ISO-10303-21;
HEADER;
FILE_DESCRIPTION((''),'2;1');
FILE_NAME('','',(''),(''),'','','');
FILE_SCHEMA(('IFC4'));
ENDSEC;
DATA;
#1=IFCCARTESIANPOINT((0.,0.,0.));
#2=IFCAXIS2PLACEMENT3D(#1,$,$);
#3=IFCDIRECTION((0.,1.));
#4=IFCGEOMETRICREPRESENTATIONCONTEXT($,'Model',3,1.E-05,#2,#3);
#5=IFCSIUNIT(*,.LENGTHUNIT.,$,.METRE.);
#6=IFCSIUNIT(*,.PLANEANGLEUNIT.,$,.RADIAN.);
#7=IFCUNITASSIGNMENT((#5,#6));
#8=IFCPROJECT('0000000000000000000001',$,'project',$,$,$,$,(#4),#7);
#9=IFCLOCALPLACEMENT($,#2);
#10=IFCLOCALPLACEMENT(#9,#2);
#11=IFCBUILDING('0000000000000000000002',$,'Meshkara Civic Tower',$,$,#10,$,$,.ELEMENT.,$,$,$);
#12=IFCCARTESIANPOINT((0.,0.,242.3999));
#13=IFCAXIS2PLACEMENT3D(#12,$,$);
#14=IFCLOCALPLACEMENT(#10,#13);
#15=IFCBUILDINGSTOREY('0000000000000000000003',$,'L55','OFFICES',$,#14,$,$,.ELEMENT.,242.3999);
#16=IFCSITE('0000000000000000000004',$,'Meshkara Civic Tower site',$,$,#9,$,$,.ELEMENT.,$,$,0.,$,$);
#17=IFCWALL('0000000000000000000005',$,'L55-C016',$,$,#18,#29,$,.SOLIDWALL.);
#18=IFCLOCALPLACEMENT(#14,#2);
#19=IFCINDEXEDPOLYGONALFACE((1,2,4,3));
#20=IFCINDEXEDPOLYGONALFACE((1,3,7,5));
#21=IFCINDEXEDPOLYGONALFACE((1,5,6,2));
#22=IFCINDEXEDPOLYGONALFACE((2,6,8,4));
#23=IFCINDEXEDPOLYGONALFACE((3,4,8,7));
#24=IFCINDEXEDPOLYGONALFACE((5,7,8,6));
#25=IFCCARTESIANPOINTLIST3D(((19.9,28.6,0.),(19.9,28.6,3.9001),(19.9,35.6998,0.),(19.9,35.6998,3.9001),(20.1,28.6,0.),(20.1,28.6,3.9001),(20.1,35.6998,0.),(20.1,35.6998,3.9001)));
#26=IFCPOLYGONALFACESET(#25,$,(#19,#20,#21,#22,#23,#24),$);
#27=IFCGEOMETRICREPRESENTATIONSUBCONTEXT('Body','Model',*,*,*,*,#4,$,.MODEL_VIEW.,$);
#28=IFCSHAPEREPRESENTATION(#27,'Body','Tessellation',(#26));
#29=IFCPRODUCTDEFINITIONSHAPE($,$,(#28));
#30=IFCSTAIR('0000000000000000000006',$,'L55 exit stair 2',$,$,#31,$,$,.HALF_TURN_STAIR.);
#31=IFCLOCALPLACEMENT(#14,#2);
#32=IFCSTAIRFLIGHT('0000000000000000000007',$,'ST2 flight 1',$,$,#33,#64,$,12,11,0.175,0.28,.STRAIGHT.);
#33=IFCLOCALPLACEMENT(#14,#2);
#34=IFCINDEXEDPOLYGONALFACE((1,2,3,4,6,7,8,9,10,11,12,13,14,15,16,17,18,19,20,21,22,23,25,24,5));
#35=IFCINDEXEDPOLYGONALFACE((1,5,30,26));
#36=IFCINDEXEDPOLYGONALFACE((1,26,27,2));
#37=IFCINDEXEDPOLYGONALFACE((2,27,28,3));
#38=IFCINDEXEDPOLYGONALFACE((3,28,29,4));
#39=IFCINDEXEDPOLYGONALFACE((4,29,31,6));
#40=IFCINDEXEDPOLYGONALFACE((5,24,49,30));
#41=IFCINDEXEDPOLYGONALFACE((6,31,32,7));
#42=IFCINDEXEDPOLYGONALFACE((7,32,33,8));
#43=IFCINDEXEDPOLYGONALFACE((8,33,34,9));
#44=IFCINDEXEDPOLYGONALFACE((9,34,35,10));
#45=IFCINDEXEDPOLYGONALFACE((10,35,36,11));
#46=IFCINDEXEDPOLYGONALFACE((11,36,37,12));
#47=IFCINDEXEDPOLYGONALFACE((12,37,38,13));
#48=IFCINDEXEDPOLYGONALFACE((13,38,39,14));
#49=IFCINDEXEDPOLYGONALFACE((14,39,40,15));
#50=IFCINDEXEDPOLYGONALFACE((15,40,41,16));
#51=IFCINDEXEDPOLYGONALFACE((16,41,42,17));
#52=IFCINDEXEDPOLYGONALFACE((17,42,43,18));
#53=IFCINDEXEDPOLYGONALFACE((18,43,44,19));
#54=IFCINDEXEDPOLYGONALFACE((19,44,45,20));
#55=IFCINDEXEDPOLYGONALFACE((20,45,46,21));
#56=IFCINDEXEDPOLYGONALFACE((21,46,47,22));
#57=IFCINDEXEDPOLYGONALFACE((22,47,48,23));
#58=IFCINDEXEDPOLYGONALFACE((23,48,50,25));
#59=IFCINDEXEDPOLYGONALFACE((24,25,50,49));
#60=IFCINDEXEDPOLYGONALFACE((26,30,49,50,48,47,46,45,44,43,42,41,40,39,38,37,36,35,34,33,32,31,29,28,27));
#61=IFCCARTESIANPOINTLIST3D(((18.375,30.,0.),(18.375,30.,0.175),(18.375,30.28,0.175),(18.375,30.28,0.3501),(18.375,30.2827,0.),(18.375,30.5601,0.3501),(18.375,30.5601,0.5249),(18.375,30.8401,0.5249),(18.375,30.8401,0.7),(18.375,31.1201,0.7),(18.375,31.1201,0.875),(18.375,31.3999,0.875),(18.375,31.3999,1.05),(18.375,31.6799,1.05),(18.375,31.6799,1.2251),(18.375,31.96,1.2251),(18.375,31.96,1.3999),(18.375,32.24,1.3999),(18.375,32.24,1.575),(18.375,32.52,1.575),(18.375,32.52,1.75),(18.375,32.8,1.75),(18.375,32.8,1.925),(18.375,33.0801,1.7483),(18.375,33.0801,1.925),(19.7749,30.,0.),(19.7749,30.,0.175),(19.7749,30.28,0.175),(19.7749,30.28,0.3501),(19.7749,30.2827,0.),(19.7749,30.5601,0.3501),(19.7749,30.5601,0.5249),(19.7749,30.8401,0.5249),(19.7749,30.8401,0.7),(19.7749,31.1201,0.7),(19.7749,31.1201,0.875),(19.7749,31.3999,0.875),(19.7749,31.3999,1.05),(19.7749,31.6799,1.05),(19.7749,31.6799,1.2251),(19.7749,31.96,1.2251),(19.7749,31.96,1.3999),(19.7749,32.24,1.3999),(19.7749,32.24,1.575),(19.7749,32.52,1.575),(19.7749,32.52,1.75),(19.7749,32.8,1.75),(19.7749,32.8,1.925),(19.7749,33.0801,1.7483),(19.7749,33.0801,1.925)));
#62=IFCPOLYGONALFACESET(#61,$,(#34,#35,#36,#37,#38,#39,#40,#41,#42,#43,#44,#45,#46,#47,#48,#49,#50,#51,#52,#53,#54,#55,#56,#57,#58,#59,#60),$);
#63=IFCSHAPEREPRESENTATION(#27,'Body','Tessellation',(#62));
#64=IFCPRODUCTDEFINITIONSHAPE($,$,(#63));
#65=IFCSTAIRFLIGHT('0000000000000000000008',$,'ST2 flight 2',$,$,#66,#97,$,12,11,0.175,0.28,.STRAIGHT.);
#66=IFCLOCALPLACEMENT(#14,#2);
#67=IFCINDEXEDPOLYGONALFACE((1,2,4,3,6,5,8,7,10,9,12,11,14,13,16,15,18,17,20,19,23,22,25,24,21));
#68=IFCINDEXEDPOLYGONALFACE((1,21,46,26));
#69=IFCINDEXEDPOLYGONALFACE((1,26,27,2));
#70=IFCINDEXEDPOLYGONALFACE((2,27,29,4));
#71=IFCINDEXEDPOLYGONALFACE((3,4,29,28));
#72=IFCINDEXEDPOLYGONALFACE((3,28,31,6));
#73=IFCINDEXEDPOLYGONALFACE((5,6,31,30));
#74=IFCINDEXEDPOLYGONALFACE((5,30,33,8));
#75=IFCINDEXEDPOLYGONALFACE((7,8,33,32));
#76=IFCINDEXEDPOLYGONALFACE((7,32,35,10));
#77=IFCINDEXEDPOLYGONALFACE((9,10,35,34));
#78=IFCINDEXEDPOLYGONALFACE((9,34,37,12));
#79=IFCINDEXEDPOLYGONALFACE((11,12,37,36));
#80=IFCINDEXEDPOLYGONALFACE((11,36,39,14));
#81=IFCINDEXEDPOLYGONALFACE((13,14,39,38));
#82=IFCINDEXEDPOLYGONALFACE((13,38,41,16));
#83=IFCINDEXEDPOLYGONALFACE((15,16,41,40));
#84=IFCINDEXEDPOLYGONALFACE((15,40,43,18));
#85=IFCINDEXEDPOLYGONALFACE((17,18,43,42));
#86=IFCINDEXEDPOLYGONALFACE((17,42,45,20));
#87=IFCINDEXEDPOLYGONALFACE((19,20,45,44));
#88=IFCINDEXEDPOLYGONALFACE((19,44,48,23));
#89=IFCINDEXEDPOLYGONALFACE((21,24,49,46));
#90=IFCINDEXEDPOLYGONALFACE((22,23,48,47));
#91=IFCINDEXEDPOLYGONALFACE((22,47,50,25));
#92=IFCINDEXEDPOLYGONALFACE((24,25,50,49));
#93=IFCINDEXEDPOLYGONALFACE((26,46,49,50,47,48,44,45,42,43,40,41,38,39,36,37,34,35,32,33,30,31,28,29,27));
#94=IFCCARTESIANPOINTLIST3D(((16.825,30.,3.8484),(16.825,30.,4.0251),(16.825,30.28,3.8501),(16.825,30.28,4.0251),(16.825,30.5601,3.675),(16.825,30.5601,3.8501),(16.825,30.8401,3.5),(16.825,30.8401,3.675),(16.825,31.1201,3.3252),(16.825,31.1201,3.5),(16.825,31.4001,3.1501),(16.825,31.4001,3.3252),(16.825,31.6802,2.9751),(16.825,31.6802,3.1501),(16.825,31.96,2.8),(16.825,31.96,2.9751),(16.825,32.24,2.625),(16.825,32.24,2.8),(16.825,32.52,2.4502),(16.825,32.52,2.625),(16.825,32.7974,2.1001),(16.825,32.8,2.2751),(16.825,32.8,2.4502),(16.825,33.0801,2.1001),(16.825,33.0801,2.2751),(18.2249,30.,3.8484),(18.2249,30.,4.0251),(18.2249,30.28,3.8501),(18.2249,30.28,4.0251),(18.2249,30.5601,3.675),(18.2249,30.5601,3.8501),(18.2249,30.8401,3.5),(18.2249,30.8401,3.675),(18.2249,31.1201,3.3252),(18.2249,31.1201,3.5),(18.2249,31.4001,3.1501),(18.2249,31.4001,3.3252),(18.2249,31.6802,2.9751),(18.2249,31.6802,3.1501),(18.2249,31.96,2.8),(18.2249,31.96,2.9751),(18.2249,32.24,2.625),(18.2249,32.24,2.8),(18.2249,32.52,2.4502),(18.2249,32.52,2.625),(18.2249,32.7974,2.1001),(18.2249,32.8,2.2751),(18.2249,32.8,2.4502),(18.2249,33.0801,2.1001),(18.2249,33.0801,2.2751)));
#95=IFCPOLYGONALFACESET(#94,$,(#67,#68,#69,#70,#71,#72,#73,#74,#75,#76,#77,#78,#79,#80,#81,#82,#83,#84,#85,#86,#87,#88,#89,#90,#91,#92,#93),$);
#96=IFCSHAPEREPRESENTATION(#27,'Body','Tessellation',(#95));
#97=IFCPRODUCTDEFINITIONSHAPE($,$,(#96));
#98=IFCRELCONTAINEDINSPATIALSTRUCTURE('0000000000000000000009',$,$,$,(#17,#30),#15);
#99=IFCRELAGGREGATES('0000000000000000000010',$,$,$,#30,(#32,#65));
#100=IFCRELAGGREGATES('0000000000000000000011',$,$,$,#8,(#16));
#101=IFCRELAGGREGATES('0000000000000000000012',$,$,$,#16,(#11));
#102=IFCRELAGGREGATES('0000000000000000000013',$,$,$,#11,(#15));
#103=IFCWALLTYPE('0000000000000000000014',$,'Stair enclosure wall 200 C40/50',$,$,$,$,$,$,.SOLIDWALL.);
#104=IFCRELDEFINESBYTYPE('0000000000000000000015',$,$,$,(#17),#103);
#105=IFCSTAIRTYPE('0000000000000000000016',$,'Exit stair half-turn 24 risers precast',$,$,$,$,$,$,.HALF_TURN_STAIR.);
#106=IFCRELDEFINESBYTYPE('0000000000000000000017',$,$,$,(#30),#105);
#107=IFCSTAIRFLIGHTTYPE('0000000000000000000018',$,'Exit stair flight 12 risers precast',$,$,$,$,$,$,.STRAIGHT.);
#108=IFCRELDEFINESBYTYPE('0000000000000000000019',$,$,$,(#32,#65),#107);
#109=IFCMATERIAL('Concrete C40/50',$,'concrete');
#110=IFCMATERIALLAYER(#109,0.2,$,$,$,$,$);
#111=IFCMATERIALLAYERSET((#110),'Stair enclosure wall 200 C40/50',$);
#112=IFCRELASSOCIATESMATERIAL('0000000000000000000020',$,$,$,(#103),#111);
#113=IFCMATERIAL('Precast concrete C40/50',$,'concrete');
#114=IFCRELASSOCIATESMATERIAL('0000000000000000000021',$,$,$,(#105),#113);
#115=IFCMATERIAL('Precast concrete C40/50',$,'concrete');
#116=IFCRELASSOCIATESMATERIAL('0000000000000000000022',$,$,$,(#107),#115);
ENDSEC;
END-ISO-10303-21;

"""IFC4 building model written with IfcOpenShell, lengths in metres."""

from ifc_helpers import new_model, si_unit, direction, frame, frame_2d, origin, place, context, subcontext, project, spatial, polyline, rectangle, outline, extrude, material, layer, layer_set, type_object, element, aggregate, save


model = new_model("IFC4")

# Units and contexts
model_context = context("Model", 3, precision=1e-05, world=origin(), true_north=direction((0.0, 1.0)))
body_context = subcontext(model_context, "Body", "Model", "MODEL_VIEW")
ifc_project = project(units=[si_unit("LENGTHUNIT", "METRE"), si_unit("PLANEANGLEUNIT", "RADIAN")], contexts=[model_context])

# Site, building, storey
site_placement = place(None, origin())
site = spatial("IfcSite", under=ifc_project, at=site_placement, Name="Meshkara Civic Tower site", CompositionType="ELEMENT", RefElevation=0.0)
building_placement = place(site_placement, origin())
building = spatial("IfcBuilding", under=site, at=building_placement, Name="Meshkara Civic Tower", CompositionType="ELEMENT")
storey_placement = place(building_placement, frame((0.0, 0.0, 242.3999)))
storey = spatial("IfcBuildingStorey", under=building, at=storey_placement, Name="L55", Description="OFFICES", CompositionType="ELEMENT", Elevation=242.3999)

# Wall
ifc_material_1 = material(Name="Concrete C40/50", Category="concrete")
ifc_layer_1 = layer(ifc_material_1, 0.2)
ifc_layer_set_1 = layer_set([ifc_layer_1], Name="Stair enclosure wall 200 C40/50")
wall_type_1 = type_object("IfcWallType", Name="Stair enclosure wall 200 C40/50", PredefinedType="SOLIDWALL", material=ifc_layer_set_1)
wall_1_placement = place(storey_placement, frame((20.0, 28.6001, 0.0), z_axis=(0.0, 0.0, 1.0), x_axis=(0.0, 1.0, 0.0)))
element("IfcWall", 1, at=wall_1_placement, inside=storey, type_object=wall_type_1, Name="L55-C016", PredefinedType="SOLIDWALL", context=body_context, shape_type="SweptSolid", body=[
    extrude(rectangle(XDim=7.0999, YDim=0.2, at=frame_2d((3.5498, 0.0))), origin(), (0.0, 0.0, 1.0), 3.9001),
])

# Stair, stair flights
ifc_material_2 = material(Name="Precast concrete C40/50", Category="concrete")
stair_type = type_object("IfcStairType", Name="Exit stair half-turn 24 risers precast", PredefinedType="HALF_TURN_STAIR", material=ifc_material_2)
stair_placement = place(storey_placement, origin())
stair = element("IfcStair", 2, at=stair_placement, inside=storey, type_object=stair_type, Name="L55 exit stair 2", PredefinedType="HALF_TURN_STAIR")
ifc_material_3 = material(Name="Precast concrete C40/50", Category="concrete")
stair_flight_type = type_object("IfcStairFlightType", Name="Exit stair flight 12 risers precast", PredefinedType="STRAIGHT", material=ifc_material_3)
stair_flight_1_placement = place(storey_placement, frame((19.075, 30.0, 0.0), z_axis=(0.0, 0.0, 1.0), x_axis=(0.0, 1.0, 0.0)))
stair_flight_1 = element("IfcStairFlight", 3, at=stair_flight_1_placement, type_object=stair_flight_type, Name="ST2 flight 1", NumberOfRisers=12, NumberOfTreads=11, PredefinedType="STRAIGHT", RiserHeight=0.175, TreadLength=0.28, context=body_context, shape_type="SweptSolid", body=[
    extrude(outline(polyline([(0.0, 0.0), (0.0, 0.175), (0.28, 0.175), (0.28, 0.3501), (0.5601, 0.3501), (0.5601, 0.5249), (0.8401, 0.5249), (0.8401, 0.7), (1.1201, 0.7), (1.1201, 0.875), (1.3999, 0.875), (1.3999, 1.05), (1.6799, 1.05), (1.6799, 1.2251), (1.96, 1.2251), (1.96, 1.3999), (2.24, 1.3999), (2.24, 1.575), (2.52, 1.575), (2.52, 1.75), (2.8, 1.75), (2.8, 1.925), (3.0801, 1.925), (3.0801, 2.1001), (3.0801, 1.7483), (0.2827, 0.0), (0.0, 0.0)])), frame((0.0, 0.7, 0.0), z_axis=(0.0, -1.0, 0.0), x_axis=(1.0, 0.0, 0.0)), (0.0, 0.0, 1.0), 1.3999),
])
stair_flight_2_placement = place(storey_placement, frame((17.5249, 33.0801, 2.1001), z_axis=(0.0, 0.0, 1.0), x_axis=(0.0, -1.0, 0.0)))
stair_flight_2 = element("IfcStairFlight", 4, at=stair_flight_2_placement, type_object=stair_flight_type, Name="ST2 flight 2", NumberOfRisers=12, NumberOfTreads=11, PredefinedType="STRAIGHT", RiserHeight=0.175, TreadLength=0.28, context=body_context, shape_type="SweptSolid", body=[
    extrude(outline(polyline([(0.0, 0.0), (0.0, 0.175), (0.28, 0.175), (0.28, 0.3501), (0.5601, 0.3501), (0.5601, 0.5249), (0.8401, 0.5249), (0.8401, 0.7), (1.1201, 0.7), (1.1201, 0.875), (1.3999, 0.875), (1.3999, 1.05), (1.6799, 1.05), (1.6799, 1.2251), (1.96, 1.2251), (1.96, 1.3999), (2.24, 1.3999), (2.24, 1.575), (2.52, 1.575), (2.52, 1.75), (2.8, 1.75), (2.8, 1.925), (3.0801, 1.925), (3.0801, 2.1001), (3.0801, 1.7483), (0.2827, 0.0), (0.0, 0.0)])), frame((0.0, 0.7, 0.0), z_axis=(0.0, -1.0, 0.0), x_axis=(1.0, 0.0, 0.0)), (0.0, 0.0, 1.0), 1.3999),
])
aggregate(stair, [stair_flight_1, stair_flight_2])

save(model, "model.ifc")
